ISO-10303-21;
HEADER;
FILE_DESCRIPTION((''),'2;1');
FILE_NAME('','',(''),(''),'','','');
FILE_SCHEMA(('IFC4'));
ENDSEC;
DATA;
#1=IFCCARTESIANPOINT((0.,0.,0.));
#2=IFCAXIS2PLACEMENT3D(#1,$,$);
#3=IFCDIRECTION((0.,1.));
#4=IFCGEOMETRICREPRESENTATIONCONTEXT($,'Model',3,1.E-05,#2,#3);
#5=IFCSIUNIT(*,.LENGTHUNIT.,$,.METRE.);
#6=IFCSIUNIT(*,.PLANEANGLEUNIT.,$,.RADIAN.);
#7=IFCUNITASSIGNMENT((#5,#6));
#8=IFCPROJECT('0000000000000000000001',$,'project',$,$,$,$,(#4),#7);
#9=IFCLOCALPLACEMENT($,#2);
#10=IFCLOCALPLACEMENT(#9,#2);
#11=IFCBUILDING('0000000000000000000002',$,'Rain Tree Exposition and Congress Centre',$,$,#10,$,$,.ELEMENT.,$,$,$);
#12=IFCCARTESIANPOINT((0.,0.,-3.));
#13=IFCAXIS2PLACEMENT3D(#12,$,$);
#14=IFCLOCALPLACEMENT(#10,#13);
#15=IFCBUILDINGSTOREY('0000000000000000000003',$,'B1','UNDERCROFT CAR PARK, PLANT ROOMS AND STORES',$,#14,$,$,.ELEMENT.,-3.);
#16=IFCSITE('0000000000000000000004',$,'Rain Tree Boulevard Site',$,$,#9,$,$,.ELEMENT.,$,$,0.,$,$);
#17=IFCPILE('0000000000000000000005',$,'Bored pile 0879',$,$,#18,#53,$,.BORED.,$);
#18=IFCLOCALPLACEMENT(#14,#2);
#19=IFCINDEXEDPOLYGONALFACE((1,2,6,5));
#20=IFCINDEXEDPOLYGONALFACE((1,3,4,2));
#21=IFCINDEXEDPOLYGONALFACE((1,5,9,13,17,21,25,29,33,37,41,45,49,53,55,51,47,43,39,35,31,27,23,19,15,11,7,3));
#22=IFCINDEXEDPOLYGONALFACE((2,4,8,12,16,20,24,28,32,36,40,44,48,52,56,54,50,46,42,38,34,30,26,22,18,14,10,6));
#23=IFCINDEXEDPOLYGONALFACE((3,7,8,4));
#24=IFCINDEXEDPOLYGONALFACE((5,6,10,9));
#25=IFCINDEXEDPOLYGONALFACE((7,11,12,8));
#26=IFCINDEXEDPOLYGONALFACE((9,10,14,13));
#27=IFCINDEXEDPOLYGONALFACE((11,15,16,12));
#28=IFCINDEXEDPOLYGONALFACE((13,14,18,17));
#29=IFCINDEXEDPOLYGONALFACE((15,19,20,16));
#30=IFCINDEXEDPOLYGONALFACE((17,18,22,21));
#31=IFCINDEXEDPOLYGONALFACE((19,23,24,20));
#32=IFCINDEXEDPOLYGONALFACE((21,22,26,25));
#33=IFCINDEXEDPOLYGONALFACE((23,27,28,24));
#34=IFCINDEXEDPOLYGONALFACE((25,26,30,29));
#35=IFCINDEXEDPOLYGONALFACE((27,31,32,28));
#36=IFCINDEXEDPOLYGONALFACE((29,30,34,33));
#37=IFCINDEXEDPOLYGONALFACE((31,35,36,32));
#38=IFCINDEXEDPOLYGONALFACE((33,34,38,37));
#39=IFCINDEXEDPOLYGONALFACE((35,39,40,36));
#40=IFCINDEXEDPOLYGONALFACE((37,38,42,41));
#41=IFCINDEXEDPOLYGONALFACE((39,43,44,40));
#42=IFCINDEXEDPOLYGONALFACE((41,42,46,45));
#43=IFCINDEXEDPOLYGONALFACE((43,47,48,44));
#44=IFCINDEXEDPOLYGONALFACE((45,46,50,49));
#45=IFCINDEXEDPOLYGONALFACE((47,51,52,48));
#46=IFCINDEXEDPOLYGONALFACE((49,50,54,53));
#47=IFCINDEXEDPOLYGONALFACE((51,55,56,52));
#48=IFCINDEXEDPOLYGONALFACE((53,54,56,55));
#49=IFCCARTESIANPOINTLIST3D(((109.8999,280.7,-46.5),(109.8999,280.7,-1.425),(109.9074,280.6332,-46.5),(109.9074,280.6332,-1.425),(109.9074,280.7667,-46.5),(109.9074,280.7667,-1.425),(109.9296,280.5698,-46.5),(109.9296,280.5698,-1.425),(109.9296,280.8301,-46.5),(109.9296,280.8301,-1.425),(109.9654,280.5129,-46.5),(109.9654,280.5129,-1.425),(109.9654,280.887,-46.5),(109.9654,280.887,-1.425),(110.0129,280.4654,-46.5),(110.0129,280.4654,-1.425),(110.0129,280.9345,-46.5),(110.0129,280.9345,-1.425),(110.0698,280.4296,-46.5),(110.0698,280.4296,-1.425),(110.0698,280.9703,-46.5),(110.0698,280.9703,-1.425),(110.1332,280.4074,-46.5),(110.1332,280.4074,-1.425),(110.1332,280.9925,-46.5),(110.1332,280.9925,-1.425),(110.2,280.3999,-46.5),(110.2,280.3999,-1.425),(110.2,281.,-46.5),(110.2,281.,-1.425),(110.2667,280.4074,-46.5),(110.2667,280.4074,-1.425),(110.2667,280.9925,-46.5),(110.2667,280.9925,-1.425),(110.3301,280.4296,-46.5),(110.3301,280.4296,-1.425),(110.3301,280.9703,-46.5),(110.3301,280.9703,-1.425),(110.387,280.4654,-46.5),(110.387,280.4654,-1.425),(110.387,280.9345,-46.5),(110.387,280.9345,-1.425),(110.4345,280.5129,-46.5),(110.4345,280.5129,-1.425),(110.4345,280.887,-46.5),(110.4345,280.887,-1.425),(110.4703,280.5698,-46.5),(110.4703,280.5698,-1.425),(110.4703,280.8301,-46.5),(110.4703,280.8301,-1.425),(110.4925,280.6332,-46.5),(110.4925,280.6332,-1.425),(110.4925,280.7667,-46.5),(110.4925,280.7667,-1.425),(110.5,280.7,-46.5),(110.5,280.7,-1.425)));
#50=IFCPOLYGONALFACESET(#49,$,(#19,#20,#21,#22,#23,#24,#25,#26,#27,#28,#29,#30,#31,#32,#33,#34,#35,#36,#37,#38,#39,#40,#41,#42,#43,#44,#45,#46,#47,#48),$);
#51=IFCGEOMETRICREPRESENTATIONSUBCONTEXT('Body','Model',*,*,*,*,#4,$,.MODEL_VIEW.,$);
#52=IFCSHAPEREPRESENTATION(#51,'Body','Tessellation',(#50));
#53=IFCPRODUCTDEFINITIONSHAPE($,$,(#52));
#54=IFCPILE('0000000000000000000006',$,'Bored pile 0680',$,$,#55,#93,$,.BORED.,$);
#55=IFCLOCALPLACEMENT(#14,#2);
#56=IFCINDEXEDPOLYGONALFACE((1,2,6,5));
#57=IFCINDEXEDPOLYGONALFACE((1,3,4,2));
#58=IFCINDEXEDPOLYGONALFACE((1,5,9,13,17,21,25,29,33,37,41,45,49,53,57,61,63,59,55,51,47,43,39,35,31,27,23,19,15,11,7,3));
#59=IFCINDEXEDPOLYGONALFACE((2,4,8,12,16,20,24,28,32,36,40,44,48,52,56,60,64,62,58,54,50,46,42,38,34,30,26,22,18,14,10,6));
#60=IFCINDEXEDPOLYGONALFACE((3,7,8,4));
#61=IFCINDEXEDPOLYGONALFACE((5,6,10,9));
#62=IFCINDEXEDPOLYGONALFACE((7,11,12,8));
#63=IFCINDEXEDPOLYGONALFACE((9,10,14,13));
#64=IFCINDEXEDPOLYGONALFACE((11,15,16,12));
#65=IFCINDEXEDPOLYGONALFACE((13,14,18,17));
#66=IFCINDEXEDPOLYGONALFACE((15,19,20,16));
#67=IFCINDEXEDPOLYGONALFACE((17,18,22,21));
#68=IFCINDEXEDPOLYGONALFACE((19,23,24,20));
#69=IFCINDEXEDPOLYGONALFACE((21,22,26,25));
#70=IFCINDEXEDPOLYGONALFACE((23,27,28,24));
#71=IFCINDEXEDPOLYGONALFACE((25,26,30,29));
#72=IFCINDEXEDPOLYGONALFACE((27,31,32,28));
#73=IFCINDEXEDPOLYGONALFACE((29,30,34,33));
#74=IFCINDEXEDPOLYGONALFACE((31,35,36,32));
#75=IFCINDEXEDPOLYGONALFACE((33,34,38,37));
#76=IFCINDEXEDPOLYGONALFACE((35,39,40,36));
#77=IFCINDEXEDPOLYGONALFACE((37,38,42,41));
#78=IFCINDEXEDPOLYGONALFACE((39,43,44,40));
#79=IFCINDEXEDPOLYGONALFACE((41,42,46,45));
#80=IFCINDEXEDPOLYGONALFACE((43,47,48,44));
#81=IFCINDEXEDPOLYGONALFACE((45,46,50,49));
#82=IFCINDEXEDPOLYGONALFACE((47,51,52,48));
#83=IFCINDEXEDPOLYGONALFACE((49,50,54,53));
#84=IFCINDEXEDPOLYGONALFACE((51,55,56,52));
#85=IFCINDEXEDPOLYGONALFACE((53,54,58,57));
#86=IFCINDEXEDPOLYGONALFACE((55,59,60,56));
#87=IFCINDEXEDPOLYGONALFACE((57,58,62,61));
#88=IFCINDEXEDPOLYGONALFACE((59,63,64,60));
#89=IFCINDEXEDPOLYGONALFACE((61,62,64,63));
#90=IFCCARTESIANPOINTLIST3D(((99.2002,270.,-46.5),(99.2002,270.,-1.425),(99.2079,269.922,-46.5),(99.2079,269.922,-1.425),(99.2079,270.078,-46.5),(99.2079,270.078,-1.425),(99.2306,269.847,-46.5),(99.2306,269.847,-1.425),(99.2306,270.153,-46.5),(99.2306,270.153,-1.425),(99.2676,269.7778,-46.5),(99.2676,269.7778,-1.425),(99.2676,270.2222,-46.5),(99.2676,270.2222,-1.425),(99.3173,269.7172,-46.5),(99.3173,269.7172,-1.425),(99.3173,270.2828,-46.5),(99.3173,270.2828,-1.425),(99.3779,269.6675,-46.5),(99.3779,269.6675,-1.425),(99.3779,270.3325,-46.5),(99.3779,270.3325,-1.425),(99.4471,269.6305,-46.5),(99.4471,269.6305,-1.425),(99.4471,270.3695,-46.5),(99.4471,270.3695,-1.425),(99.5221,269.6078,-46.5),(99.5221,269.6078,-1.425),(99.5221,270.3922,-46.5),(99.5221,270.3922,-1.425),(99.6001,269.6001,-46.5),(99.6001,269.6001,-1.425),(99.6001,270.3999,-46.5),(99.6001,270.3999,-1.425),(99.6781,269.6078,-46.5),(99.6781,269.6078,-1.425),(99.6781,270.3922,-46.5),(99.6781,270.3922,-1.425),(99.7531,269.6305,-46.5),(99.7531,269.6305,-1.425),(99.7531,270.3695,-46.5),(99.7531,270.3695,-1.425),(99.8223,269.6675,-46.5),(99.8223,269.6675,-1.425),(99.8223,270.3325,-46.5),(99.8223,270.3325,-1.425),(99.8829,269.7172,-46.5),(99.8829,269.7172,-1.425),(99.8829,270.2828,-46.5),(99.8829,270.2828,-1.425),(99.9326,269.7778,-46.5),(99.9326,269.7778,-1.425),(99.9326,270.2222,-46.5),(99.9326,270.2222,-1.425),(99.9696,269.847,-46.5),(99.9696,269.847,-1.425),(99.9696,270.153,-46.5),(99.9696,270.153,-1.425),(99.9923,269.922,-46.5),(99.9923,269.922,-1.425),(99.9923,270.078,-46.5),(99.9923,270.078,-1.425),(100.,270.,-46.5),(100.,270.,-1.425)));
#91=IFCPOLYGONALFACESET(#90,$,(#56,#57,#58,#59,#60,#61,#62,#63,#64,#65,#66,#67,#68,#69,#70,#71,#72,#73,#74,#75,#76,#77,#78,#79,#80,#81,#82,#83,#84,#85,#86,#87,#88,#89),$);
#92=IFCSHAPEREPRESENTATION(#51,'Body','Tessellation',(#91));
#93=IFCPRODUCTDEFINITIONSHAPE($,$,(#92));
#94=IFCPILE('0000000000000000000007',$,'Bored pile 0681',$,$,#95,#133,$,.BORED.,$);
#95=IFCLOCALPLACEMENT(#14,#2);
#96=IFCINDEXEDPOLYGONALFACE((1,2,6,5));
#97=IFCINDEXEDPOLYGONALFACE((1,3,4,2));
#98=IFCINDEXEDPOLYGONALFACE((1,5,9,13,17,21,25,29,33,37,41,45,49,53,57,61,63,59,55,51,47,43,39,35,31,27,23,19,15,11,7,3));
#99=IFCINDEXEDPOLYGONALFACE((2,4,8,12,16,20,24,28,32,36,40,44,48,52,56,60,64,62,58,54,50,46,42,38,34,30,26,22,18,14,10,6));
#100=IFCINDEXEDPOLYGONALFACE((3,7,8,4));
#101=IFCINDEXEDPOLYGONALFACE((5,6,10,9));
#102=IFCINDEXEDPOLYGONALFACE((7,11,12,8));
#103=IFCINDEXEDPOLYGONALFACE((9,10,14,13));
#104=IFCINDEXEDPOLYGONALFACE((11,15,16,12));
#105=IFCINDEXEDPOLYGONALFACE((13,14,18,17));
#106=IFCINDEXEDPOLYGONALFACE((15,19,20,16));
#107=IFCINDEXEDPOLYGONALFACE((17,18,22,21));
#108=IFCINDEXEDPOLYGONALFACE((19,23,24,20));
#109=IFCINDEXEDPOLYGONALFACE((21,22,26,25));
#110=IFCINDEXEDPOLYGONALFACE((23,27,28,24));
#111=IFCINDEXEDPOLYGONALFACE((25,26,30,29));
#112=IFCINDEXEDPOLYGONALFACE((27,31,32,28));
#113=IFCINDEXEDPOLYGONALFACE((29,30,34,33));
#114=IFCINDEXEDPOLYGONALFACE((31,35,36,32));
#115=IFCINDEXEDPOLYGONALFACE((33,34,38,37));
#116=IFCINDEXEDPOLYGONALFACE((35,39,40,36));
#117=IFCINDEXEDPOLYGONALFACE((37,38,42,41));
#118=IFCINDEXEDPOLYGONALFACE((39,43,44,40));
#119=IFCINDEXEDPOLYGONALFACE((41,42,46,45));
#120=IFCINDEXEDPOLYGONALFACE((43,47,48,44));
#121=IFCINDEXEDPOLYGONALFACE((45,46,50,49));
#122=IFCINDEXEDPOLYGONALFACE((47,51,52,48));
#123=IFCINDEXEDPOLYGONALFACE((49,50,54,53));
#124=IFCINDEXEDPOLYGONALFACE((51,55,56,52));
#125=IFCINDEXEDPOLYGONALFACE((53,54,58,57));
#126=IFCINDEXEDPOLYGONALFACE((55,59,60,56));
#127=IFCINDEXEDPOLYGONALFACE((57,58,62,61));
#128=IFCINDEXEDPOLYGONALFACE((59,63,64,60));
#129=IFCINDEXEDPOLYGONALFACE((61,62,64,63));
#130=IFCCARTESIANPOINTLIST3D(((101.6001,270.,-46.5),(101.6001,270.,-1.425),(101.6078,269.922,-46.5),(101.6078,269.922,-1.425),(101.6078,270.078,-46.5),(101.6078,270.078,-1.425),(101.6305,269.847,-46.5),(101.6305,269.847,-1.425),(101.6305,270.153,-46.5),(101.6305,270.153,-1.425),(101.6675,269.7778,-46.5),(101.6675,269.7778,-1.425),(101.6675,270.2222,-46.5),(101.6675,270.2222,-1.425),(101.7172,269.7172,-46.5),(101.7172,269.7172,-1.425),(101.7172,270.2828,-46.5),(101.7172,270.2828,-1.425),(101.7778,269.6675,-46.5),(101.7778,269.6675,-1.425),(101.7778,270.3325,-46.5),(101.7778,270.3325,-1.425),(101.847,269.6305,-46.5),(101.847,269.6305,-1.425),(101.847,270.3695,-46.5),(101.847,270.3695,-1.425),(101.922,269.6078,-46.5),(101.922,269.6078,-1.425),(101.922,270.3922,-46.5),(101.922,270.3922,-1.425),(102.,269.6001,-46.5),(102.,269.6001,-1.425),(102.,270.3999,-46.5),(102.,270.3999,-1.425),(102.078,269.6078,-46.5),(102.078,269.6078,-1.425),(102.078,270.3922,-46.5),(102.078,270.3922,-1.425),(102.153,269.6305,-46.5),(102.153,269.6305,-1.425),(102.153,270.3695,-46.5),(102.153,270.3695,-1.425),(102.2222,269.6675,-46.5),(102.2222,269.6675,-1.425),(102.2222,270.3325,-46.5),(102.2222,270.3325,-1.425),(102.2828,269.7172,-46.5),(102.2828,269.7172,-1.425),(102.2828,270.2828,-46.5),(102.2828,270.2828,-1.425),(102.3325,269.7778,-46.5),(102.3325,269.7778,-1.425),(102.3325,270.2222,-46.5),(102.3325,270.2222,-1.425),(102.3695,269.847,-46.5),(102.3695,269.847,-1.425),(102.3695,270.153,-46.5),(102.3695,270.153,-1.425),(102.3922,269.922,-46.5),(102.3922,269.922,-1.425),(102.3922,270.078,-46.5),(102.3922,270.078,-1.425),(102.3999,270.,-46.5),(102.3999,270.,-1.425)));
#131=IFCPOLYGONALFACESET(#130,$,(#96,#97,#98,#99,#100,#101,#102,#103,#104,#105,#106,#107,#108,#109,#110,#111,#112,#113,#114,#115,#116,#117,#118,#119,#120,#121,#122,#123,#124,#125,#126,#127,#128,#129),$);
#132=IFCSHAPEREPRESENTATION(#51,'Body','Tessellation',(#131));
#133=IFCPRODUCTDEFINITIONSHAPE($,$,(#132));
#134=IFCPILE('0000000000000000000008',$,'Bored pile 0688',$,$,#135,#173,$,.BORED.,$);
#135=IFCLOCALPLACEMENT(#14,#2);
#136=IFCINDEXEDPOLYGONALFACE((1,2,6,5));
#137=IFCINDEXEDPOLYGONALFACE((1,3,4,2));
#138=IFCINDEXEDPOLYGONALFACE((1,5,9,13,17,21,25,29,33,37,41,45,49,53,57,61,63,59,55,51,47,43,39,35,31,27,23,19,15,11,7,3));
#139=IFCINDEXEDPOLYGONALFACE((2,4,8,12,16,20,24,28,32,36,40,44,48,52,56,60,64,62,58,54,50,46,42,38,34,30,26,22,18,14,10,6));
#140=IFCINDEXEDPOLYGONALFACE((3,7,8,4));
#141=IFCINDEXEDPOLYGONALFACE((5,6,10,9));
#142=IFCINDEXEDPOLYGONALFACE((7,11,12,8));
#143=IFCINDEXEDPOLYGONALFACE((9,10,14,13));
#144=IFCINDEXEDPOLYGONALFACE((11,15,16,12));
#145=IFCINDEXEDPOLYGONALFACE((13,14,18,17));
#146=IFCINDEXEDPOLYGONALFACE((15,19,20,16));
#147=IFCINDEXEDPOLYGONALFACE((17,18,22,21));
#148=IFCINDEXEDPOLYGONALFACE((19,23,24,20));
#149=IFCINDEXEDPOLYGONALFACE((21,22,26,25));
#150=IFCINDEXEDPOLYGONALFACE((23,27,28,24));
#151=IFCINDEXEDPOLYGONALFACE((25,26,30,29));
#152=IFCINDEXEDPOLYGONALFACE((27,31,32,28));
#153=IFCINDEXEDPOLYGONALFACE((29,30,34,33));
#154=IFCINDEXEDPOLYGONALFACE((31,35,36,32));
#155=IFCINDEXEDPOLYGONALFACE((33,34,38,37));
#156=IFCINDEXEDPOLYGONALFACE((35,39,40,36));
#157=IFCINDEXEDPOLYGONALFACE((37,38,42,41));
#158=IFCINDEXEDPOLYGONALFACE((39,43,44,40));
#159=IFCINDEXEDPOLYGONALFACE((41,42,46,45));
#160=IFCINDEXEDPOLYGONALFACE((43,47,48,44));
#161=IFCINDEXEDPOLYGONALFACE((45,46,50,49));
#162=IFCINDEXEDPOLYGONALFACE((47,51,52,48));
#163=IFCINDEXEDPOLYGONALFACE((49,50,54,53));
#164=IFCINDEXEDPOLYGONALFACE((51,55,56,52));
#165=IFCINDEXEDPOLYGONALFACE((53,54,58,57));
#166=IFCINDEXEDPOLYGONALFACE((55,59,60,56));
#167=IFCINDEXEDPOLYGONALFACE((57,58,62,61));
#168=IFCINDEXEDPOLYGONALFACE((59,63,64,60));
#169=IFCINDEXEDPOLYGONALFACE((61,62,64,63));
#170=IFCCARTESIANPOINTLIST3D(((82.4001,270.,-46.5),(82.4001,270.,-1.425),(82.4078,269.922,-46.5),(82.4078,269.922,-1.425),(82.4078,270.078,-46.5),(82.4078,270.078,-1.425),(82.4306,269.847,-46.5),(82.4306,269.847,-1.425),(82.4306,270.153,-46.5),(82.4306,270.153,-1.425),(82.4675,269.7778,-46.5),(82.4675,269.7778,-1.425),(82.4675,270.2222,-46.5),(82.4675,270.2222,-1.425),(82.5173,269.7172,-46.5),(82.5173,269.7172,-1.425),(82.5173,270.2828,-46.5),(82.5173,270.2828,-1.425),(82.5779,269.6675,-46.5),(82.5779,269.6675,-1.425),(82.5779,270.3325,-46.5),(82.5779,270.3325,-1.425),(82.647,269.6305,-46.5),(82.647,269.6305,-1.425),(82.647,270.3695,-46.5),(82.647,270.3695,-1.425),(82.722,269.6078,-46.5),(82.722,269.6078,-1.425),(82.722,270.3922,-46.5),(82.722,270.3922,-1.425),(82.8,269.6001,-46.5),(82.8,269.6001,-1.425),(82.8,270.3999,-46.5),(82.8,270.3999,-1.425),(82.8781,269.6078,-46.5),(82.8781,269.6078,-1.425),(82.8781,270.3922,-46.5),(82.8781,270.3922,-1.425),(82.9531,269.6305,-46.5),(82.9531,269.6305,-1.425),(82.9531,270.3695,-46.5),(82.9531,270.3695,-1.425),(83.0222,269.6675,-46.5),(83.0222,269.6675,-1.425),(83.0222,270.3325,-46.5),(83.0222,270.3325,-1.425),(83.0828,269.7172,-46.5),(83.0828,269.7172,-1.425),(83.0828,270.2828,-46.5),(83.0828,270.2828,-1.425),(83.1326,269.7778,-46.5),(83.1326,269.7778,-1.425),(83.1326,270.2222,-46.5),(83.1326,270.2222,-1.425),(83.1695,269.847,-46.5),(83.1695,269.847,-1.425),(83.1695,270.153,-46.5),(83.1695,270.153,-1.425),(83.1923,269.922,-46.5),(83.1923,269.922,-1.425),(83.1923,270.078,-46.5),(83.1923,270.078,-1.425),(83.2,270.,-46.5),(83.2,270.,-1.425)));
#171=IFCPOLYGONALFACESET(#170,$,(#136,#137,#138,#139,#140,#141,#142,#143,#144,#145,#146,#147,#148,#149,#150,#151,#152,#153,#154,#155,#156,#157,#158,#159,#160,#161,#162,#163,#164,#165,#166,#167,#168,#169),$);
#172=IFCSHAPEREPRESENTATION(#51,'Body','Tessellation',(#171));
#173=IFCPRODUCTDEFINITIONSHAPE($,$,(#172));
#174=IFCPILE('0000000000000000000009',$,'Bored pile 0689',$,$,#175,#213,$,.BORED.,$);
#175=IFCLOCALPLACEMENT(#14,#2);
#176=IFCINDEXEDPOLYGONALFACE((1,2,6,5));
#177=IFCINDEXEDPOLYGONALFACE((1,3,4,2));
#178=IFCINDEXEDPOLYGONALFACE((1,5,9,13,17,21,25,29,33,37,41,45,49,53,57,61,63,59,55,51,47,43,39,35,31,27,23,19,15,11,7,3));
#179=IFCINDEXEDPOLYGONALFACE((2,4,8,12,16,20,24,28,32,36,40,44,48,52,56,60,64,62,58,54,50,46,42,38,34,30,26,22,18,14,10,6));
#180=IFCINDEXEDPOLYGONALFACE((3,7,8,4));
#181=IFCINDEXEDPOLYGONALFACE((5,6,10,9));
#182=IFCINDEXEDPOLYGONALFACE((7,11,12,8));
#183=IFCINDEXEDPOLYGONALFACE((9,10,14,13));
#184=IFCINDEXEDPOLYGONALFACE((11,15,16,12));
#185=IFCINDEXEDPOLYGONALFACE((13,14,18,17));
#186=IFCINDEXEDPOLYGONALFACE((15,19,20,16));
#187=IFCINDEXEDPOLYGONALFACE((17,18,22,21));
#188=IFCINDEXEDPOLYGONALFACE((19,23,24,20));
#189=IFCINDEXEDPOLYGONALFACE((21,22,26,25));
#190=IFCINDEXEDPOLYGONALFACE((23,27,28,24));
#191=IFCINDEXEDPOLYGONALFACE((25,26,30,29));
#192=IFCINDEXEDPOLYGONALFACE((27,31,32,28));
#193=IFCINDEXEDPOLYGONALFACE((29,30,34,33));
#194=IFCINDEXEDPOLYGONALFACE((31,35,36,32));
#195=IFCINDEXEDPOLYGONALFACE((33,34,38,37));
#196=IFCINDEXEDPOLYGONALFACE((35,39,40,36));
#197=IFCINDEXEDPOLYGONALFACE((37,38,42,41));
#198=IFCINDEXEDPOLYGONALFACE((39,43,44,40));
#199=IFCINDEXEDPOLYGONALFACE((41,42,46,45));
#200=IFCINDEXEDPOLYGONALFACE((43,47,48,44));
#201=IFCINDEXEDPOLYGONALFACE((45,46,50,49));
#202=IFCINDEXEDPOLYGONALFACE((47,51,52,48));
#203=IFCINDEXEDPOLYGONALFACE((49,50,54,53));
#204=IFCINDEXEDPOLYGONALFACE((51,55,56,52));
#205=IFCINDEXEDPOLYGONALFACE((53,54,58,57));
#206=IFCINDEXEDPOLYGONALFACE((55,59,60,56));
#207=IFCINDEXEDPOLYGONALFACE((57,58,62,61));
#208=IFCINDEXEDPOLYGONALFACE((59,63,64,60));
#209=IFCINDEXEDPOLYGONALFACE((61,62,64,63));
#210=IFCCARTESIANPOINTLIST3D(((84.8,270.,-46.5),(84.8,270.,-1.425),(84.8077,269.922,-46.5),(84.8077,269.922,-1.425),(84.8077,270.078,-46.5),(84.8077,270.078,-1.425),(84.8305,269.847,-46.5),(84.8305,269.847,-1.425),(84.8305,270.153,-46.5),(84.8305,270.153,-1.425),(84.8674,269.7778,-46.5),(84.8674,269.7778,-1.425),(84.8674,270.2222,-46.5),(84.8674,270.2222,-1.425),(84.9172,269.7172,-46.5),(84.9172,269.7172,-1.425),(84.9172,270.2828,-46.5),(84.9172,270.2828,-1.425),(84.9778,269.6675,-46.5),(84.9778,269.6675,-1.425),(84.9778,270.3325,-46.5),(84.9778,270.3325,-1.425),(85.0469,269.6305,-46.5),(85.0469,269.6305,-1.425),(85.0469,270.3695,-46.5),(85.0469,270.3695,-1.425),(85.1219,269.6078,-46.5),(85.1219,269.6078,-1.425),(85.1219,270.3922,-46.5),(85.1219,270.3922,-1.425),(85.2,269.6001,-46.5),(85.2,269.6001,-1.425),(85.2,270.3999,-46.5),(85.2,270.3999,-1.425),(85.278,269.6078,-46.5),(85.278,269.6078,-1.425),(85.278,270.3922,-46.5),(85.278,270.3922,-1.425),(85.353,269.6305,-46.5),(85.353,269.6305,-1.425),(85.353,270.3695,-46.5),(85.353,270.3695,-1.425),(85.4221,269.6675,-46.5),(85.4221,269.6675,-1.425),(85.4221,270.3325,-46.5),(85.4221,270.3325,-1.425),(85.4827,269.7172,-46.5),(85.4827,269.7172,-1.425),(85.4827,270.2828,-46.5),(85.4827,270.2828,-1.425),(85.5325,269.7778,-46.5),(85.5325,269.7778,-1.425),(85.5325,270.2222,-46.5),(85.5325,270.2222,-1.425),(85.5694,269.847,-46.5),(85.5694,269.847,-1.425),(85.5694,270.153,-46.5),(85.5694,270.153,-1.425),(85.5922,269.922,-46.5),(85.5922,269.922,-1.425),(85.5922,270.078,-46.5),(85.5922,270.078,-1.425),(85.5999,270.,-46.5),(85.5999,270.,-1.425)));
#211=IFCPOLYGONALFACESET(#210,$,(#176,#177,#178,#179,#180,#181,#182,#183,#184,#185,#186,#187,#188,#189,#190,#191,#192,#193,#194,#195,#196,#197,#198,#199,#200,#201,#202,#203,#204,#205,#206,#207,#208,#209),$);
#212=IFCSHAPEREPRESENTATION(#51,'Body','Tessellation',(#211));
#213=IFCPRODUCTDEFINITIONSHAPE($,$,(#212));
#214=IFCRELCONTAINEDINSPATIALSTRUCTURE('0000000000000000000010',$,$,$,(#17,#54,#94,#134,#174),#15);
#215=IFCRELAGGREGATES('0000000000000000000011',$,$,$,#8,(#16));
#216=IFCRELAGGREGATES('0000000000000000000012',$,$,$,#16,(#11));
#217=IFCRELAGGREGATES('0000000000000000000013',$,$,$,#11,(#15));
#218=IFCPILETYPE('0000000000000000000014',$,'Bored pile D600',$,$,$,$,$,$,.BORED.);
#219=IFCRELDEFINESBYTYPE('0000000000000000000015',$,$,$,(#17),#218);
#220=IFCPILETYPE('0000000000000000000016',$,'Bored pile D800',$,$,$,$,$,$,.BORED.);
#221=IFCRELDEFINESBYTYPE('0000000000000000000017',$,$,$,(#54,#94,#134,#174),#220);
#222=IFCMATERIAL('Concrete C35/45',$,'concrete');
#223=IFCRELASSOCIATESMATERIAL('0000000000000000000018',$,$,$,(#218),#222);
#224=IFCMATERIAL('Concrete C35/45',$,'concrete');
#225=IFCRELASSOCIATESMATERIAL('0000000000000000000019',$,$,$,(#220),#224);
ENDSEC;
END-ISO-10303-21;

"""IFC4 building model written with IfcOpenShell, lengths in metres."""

from ifc_helpers import new_model, si_unit, direction, frame, origin, origin_2d, place, context, subcontext, project, spatial, circle, extrude, material, material_profile, profile_set, type_object, element, save


model = new_model("IFC4")

# Units and contexts
model_context = context("Model", 3, precision=1e-05, world=origin(), true_north=direction((0.0, 1.0)))
body_context = subcontext(model_context, "Body", "Model", "MODEL_VIEW")
ifc_project = project(units=[si_unit("LENGTHUNIT", "METRE"), si_unit("PLANEANGLEUNIT", "RADIAN")], contexts=[model_context])

# Site, building, storey
site_placement = place(None, origin())
site = spatial("IfcSite", under=ifc_project, at=site_placement, Name="Rain Tree Boulevard Site", CompositionType="ELEMENT", RefElevation=0.0)
building_placement = place(site_placement, origin())
building = spatial("IfcBuilding", under=site, at=building_placement, Name="Rain Tree Exposition and Congress Centre", CompositionType="ELEMENT")
storey_placement = place(building_placement, frame((0.0, 0.0, -3.0)))
storey = spatial("IfcBuildingStorey", under=building, at=storey_placement, Name="B1", Description="UNDERCROFT CAR PARK, PLANT ROOMS AND STORES", CompositionType="ELEMENT", Elevation=-3.0)

# Piles
ifc_material_1 = material(Name="Concrete C35/45", Category="concrete")
ifc_material_profile_1 = material_profile(ifc_material_1, circle(Radius=0.3, at=origin_2d()), Name="D600")
ifc_profile_set_1 = profile_set([ifc_material_profile_1], Name="Concrete C35/45")
pile_type_1 = type_object("IfcPileType", Name="Bored pile D600", PredefinedType="BORED", material=ifc_profile_set_1)
pile_placement = place(storey_placement, frame((110.2, 280.7, -1.425), z_axis=(0.0, 0.0, -1.0), x_axis=(1.0, 0.0, 0.0)))
element("IfcPile", 1, at=pile_placement, inside=storey, type_object=pile_type_1, Name="Bored pile 0879", PredefinedType="BORED", context=body_context, shape_type="SweptSolid", body=[
    extrude(circle(Radius=0.3, at=origin_2d()), origin(), (0.0, 0.0, 1.0), 45.075),
])
ifc_material_2 = material(Name="Concrete C35/45", Category="concrete")
ifc_material_profile_2 = material_profile(ifc_material_2, circle(Radius=0.3999, at=origin_2d()), Name="D800")
ifc_profile_set_2 = profile_set([ifc_material_profile_2], Name="Concrete C35/45")
pile_type_2 = type_object("IfcPileType", Name="Bored pile D800", PredefinedType="BORED", material=ifc_profile_set_2)
for number, where, z_axis, x_axis, name in (
    (2, (99.6001, 270.0, -1.425), (0.0, 0.0, -1.0), (1.0, 0.0, 0.0), "Bored pile 0680"),
    (3, (102.0, 270.0, -1.425), (0.0, 0.0, -1.0), (1.0, 0.0, 0.0), "Bored pile 0681"),
    (4, (82.8, 270.0, -1.425), (0.0, 0.0, -1.0), (1.0, 0.0, 0.0), "Bored pile 0688"),
    (5, (85.2, 270.0, -1.425), (0.0, 0.0, -1.0), (1.0, 0.0, 0.0), "Bored pile 0689"),
):
    element("IfcPile", number, at=place(storey_placement, frame(where, z_axis=z_axis, x_axis=x_axis)), inside=storey, type_object=pile_type_2, Name=name, PredefinedType="BORED", context=body_context, shape_type="SweptSolid", body=[
        extrude(circle(Radius=0.3999, at=origin_2d()), origin(), (0.0, 0.0, 1.0), 45.075),
    ])

save(model, "model.ifc")
